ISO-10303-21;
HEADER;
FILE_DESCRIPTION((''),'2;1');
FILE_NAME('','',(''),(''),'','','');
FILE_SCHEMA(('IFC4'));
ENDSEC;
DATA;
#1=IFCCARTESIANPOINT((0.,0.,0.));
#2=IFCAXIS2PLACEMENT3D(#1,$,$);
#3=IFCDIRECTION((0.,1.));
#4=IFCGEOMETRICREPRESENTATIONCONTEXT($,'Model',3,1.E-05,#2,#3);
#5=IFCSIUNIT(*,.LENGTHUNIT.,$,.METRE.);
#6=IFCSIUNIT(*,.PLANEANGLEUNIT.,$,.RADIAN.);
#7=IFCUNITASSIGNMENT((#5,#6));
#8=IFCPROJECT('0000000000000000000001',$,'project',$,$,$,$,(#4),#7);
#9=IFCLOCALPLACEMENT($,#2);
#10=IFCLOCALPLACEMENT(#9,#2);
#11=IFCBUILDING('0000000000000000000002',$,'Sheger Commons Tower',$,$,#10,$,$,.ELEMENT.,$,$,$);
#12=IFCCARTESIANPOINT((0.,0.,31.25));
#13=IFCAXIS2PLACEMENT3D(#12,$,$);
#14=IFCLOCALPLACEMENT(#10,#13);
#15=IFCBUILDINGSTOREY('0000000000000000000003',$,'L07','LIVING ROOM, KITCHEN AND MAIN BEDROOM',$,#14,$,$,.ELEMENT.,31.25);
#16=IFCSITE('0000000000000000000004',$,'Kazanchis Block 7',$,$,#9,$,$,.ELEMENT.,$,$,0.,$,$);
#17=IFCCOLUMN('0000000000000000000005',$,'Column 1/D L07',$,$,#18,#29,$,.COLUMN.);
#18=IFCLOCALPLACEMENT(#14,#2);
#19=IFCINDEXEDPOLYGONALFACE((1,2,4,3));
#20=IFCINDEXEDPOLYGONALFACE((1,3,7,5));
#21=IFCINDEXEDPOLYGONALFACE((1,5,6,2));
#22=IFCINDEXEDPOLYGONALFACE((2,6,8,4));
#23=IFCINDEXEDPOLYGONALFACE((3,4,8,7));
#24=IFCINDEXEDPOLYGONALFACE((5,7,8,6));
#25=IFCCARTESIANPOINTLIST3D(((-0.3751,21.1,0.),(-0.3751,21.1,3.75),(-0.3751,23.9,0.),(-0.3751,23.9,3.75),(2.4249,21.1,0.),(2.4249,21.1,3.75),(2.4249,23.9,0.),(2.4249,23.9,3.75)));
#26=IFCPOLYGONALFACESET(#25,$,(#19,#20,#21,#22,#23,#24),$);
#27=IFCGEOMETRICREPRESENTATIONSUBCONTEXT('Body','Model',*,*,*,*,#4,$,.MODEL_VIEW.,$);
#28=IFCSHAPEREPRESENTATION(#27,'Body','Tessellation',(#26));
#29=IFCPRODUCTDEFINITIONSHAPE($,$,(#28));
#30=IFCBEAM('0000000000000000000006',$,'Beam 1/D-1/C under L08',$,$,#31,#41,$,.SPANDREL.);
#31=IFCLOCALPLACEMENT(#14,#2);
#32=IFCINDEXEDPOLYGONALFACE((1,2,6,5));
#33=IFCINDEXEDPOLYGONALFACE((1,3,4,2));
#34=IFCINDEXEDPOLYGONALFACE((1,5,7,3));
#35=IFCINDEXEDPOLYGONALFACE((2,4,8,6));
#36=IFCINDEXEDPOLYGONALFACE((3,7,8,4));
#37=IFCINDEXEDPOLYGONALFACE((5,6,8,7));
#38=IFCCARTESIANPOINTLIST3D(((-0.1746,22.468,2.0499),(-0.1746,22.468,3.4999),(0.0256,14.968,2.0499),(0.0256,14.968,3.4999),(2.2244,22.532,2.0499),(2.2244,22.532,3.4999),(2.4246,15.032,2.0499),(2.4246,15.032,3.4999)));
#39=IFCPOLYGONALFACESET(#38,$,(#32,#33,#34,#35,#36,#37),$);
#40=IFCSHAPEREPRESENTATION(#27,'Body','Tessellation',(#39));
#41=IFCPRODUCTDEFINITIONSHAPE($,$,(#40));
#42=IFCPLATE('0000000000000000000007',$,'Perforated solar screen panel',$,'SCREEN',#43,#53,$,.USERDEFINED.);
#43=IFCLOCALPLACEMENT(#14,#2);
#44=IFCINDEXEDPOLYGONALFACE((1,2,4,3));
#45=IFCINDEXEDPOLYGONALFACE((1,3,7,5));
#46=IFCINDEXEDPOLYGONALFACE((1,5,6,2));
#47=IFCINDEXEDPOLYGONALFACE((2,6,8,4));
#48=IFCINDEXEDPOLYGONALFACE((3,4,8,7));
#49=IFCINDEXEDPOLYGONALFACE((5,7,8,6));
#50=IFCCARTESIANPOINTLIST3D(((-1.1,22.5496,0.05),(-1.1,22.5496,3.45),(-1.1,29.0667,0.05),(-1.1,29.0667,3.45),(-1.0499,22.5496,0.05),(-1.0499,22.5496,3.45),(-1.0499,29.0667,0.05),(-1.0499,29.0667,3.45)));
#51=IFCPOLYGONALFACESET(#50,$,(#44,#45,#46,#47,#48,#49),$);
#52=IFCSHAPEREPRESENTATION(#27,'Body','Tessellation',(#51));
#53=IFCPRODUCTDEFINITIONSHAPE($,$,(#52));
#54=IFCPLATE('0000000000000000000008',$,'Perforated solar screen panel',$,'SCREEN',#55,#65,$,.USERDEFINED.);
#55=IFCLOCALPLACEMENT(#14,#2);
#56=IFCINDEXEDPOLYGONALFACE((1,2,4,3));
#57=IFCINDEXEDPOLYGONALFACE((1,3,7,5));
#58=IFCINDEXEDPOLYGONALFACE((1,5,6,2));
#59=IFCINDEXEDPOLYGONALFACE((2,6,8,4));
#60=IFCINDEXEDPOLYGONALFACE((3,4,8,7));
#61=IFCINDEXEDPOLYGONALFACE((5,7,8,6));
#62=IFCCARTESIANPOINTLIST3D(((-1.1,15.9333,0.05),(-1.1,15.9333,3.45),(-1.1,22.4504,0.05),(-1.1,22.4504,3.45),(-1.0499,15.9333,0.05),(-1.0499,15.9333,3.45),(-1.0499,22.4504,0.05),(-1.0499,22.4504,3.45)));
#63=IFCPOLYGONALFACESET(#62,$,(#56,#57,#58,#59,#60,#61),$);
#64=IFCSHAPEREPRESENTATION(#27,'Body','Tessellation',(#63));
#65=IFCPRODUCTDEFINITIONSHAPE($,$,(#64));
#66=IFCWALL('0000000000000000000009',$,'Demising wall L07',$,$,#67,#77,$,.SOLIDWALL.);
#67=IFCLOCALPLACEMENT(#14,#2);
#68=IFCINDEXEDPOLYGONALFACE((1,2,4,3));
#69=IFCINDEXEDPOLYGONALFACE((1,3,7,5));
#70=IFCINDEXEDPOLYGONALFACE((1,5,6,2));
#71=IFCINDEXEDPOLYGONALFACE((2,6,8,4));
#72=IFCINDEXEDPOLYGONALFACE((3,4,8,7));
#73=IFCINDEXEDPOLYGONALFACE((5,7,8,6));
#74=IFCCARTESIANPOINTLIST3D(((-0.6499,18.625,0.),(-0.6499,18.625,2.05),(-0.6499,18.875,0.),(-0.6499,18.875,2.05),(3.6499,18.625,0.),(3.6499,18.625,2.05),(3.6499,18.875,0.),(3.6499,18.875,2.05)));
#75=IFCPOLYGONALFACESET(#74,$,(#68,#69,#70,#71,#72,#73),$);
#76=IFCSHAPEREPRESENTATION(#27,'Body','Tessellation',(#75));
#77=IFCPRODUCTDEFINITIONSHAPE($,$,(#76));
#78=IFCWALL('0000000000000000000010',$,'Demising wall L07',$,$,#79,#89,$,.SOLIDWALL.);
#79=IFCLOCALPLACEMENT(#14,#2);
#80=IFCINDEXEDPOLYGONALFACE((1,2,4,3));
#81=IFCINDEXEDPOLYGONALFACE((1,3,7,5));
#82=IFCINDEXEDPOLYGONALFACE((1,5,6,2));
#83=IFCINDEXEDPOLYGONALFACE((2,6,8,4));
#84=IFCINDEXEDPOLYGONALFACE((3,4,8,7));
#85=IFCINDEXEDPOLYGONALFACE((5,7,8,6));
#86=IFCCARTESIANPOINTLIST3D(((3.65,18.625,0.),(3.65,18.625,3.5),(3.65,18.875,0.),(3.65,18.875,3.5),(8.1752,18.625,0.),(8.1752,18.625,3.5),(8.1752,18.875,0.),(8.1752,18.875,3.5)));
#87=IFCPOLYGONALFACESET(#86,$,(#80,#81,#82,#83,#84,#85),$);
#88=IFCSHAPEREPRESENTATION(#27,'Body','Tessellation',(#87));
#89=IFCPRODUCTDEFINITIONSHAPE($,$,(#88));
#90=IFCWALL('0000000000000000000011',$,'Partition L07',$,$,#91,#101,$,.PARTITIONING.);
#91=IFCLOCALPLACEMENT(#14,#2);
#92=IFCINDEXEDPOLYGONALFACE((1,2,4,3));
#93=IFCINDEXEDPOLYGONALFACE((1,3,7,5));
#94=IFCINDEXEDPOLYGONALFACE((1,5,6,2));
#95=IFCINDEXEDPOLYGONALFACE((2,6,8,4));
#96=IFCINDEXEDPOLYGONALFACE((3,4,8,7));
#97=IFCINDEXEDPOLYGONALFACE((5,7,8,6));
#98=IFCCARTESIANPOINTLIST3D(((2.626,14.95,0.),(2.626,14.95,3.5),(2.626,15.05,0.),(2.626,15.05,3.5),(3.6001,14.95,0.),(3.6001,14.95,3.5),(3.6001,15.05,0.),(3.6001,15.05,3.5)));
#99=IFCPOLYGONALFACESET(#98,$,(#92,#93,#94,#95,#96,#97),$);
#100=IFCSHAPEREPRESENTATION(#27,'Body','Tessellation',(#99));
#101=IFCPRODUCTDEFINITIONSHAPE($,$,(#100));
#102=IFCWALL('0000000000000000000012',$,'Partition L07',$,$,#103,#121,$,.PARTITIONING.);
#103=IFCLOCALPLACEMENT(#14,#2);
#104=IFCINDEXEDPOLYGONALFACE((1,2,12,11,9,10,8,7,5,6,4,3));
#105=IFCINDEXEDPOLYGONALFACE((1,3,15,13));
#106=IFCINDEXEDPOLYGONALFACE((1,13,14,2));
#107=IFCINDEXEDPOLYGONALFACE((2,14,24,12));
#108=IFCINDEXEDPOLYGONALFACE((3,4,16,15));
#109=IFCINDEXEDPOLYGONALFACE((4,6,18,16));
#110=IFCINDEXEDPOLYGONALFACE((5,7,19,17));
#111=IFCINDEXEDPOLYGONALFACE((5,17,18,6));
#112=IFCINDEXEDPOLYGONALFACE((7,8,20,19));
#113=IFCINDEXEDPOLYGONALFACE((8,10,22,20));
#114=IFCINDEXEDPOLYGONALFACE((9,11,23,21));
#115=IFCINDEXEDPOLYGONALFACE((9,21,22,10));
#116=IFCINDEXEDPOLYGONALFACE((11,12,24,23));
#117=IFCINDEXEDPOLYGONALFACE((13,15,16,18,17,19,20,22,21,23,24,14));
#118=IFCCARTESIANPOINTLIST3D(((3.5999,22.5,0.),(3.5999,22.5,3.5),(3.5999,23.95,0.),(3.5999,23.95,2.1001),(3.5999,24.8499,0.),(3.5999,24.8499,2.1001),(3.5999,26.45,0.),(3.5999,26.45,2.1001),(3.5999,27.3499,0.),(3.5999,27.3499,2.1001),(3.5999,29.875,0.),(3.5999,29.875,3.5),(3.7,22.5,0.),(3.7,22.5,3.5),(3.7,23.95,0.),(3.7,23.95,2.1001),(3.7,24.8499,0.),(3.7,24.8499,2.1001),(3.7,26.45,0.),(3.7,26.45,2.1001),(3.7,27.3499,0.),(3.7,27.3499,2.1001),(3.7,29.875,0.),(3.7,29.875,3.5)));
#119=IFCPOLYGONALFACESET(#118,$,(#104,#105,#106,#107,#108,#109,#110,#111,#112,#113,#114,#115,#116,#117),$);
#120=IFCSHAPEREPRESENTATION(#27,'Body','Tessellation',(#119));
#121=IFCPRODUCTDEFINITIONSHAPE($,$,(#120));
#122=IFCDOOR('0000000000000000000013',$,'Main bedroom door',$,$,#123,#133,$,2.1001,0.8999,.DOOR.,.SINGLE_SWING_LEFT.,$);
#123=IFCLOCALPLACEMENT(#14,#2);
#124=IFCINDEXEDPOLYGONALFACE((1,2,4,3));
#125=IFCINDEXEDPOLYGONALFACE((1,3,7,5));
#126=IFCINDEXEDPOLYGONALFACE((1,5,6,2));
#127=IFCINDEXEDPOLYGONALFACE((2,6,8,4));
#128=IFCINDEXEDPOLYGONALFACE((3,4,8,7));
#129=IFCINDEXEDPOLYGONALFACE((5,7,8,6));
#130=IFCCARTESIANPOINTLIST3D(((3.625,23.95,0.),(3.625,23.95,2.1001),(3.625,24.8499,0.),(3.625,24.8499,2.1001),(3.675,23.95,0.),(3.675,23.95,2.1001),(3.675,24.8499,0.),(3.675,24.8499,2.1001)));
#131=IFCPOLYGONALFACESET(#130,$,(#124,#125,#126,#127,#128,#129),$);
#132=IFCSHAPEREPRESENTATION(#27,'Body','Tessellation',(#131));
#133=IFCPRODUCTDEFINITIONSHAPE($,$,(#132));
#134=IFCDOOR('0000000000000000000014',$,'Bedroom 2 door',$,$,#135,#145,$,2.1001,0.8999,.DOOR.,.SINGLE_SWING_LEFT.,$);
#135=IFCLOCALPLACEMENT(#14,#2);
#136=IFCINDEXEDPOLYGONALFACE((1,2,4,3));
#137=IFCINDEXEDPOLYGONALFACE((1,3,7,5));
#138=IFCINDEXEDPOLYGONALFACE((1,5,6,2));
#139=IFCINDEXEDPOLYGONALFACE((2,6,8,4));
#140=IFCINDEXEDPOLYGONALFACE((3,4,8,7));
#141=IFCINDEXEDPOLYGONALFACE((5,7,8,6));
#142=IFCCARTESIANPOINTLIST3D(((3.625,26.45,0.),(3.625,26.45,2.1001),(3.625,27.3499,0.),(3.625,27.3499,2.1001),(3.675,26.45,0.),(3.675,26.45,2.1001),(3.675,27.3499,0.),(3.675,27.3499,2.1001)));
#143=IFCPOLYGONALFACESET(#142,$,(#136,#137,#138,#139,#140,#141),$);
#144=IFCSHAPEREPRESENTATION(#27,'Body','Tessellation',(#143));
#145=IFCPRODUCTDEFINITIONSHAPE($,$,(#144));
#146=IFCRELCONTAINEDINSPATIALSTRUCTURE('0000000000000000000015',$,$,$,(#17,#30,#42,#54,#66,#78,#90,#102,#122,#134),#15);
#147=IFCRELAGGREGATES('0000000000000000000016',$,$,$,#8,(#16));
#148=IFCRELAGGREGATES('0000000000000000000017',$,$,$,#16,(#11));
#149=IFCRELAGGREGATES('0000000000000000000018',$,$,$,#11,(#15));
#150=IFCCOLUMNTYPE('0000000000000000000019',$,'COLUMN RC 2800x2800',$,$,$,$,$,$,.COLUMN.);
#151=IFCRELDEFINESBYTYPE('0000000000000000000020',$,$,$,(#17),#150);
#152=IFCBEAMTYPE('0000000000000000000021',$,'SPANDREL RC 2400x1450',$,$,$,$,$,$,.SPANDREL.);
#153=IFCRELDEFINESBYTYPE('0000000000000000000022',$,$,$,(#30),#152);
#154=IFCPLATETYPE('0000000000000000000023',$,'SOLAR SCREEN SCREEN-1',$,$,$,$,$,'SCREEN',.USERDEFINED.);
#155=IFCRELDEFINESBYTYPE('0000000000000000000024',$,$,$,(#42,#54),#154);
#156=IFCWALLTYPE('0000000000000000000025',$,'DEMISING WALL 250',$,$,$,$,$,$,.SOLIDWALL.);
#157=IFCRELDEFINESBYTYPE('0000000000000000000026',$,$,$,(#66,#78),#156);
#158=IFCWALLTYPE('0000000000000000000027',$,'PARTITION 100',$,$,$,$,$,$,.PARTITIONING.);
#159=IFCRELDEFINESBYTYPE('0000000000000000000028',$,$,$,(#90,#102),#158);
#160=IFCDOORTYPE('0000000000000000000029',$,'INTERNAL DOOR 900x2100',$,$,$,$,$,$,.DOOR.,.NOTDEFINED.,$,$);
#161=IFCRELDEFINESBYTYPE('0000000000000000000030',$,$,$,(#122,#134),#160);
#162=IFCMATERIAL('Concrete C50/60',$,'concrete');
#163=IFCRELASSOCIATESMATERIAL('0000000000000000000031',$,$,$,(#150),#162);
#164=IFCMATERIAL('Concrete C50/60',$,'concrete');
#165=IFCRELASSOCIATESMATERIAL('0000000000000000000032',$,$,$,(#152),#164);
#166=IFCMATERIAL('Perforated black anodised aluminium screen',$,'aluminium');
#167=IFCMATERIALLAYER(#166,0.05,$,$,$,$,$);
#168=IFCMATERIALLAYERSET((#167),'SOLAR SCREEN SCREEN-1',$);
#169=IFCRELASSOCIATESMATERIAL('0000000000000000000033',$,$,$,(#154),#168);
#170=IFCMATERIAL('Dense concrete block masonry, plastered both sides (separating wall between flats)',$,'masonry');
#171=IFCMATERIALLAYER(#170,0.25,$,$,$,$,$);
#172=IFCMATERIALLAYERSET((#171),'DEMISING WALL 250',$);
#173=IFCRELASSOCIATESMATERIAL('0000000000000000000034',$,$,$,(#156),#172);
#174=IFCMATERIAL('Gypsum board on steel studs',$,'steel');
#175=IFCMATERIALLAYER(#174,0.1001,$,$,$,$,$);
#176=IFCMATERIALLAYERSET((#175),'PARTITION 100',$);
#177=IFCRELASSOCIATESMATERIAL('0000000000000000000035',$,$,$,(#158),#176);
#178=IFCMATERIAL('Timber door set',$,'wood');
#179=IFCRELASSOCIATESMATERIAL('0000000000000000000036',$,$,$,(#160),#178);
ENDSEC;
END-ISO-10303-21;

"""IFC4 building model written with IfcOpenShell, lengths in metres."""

from ifc_helpers import new_model, si_unit, direction, frame, frame_2d, origin, origin_2d, place, context, subcontext, project, spatial, rectangle, extrude, material, layer, layer_set, material_profile, profile_set, type_object, element, fill, save


model = new_model("IFC4")

# Units and contexts
model_context = context("Model", 3, precision=1e-05, world=origin(), true_north=direction((0.0, 1.0)))
body_context = subcontext(model_context, "Body", "Model", "MODEL_VIEW")
ifc_project = project(units=[si_unit("LENGTHUNIT", "METRE"), si_unit("PLANEANGLEUNIT", "RADIAN")], contexts=[model_context])

# Site, building, storey
site_placement = place(None, origin())
site = spatial("IfcSite", under=ifc_project, at=site_placement, Name="Kazanchis Block 7", CompositionType="ELEMENT", RefElevation=0.0)
building_placement = place(site_placement, origin())
building = spatial("IfcBuilding", under=site, at=building_placement, Name="Sheger Commons Tower", CompositionType="ELEMENT")
storey_placement = place(building_placement, frame((0.0, 0.0, 31.25)))
storey = spatial("IfcBuildingStorey", under=building, at=storey_placement, Name="L07", Description="LIVING ROOM, KITCHEN AND MAIN BEDROOM", CompositionType="ELEMENT", Elevation=31.25)

# Column
ifc_material_1 = material(Name="Concrete C50/60", Category="concrete")
ifc_material_profile_1 = material_profile(ifc_material_1, rectangle(XDim=2.8, YDim=2.8, at=origin_2d()), Name="RC 2800x2800")
ifc_profile_set_1 = profile_set([ifc_material_profile_1], Name="Concrete C50/60")
column_type = type_object("IfcColumnType", Name="COLUMN RC 2800x2800", PredefinedType="COLUMN", material=ifc_profile_set_1)
column_placement = place(storey_placement, frame((1.0249, 22.5, 0.0), z_axis=(0.0, 0.0, 1.0), x_axis=(1.0, 0.0, 0.0)))
element("IfcColumn", 1, at=column_placement, inside=storey, type_object=column_type, Name="Column 1/D L07", PredefinedType="COLUMN", context=body_context, shape_type="SweptSolid", body=[
    extrude(rectangle(XDim=2.8, YDim=2.8, at=origin_2d()), origin(), (0.0, 0.0, 1.0), 3.75),
])

# Beam
ifc_material_2 = material(Name="Concrete C50/60", Category="concrete")
ifc_material_profile_2 = material_profile(ifc_material_2, rectangle(XDim=2.3999, YDim=1.45, at=origin_2d()), Name="RC 2400x1450")
ifc_profile_set_2 = profile_set([ifc_material_profile_2], Name="Concrete C50/60")
beam_type = type_object("IfcBeamType", Name="SPANDREL RC 2400x1450", PredefinedType="SPANDREL", material=ifc_profile_set_2)
beam_placement = place(storey_placement, frame((1.0249, 22.5, 2.7749), z_axis=(0.026683, -0.999644, 0.0), x_axis=(0.999644, 0.026683, 0.0)))
element("IfcBeam", 2, at=beam_placement, inside=storey, type_object=beam_type, Name="Beam 1/D-1/C under L08", PredefinedType="SPANDREL", context=body_context, shape_type="SweptSolid", body=[
    extrude(rectangle(XDim=2.3999, YDim=1.45, at=origin_2d()), origin(), (0.0, 0.0, 1.0), 7.5027),
])

# Plates
ifc_material_3 = material(Name="Perforated black anodised aluminium screen", Category="aluminium")
ifc_layer_1 = layer(ifc_material_3, 0.05)
ifc_layer_set_1 = layer_set([ifc_layer_1], Name="SOLAR SCREEN SCREEN-1")
plate_type = type_object("IfcPlateType", Name="SOLAR SCREEN SCREEN-1", ElementType="SCREEN", PredefinedType="USERDEFINED", material=ifc_layer_set_1)
for number, where, z_axis, x_axis, name in (
    (3, (-1.075, 25.8081, 0.05), (0.0, 0.0, 1.0), (0.0, -1.0, 0.0), "Perforated solar screen panel"),
    (4, (-1.075, 19.1919, 0.05), (0.0, 0.0, 1.0), (0.0, -1.0, 0.0), "Perforated solar screen panel"),
):
    element("IfcPlate", number, at=place(storey_placement, frame(where, z_axis=z_axis, x_axis=x_axis)), inside=storey, type_object=plate_type, Name=name, ObjectType="SCREEN", PredefinedType="USERDEFINED", context=body_context, shape_type="SweptSolid", body=[
        extrude(rectangle(XDim=6.5171, YDim=0.05, at=origin_2d()), origin(), (0.0, 0.0, 1.0), 3.3999),
    ])

# Walls
ifc_material_4 = material(Name="Dense concrete block masonry, plastered both sides (separating wall between flats)", Category="masonry")
ifc_layer_2 = layer(ifc_material_4, 0.25)
ifc_layer_set_2 = layer_set([ifc_layer_2], Name="DEMISING WALL 250")
wall_type_1 = type_object("IfcWallType", Name="DEMISING WALL 250", PredefinedType="SOLIDWALL", material=ifc_layer_set_2)
wall_1_placement = place(storey_placement, frame((-0.6499, 18.75, 0.0), z_axis=(0.0, 0.0, 1.0), x_axis=(1.0, 0.0, 0.0)))
element("IfcWall", 5, at=wall_1_placement, inside=storey, type_object=wall_type_1, Name="Demising wall L07", PredefinedType="SOLIDWALL", context=body_context, shape_type="SweptSolid", body=[
    extrude(rectangle(XDim=4.2998, YDim=0.25, at=frame_2d((2.1499, 0.0))), origin(), (0.0, 0.0, 1.0), 2.05),
])
wall_2_placement = place(storey_placement, frame((3.6499, 18.75, 0.0), z_axis=(0.0, 0.0, 1.0), x_axis=(1.0, 0.0, 0.0)))
element("IfcWall", 6, at=wall_2_placement, inside=storey, type_object=wall_type_1, Name="Demising wall L07", PredefinedType="SOLIDWALL", context=body_context, shape_type="SweptSolid", body=[
    extrude(rectangle(XDim=4.5251, YDim=0.25, at=frame_2d((2.2627, 0.0))), origin(), (0.0, 0.0, 1.0), 3.5),
])
ifc_material_5 = material(Name="Gypsum board on steel studs", Category="steel")
ifc_layer_3 = layer(ifc_material_5, 0.1001)
ifc_layer_set_3 = layer_set([ifc_layer_3], Name="PARTITION 100")
wall_type_2 = type_object("IfcWallType", Name="PARTITION 100", PredefinedType="PARTITIONING", material=ifc_layer_set_3)
wall_3_placement = place(storey_placement, frame((2.626, 15.0, 0.0), z_axis=(0.0, 0.0, 1.0), x_axis=(1.0, 0.0, 0.0)))
element("IfcWall", 7, at=wall_3_placement, inside=storey, type_object=wall_type_2, Name="Partition L07", PredefinedType="PARTITIONING", context=body_context, shape_type="SweptSolid", body=[
    extrude(rectangle(XDim=0.9741, YDim=0.1001, at=frame_2d((0.4871, 0.0))), origin(), (0.0, 0.0, 1.0), 3.5),
])

# Wall, openings, doors
wall_4_placement = place(storey_placement, frame((3.6499, 22.5, 0.0), z_axis=(0.0, 0.0, 1.0), x_axis=(0.0, 1.0, 0.0)))
wall_4 = element("IfcWall", 8, at=wall_4_placement, inside=storey, type_object=wall_type_2, Name="Partition L07", PredefinedType="PARTITIONING", context=body_context, shape_type="SweptSolid", body=[
    extrude(rectangle(XDim=7.375, YDim=0.1001, at=frame_2d((3.6875, 0.0))), origin(), (0.0, 0.0, 1.0), 3.5),
])
opening_1_placement = place(wall_4_placement, frame((1.45, 0.0, 0.0)))
opening_1 = element("IfcOpeningElement", 9, at=opening_1_placement, cuts=wall_4, PredefinedType="OPENING", context=body_context, shape_type="SweptSolid", body=[
    extrude(rectangle(XDim=0.8999, YDim=2.1001, at=frame_2d((0.45, 1.05))), frame((0.0, 0.0601, 0.0), z_axis=(0.0, -1.0, 0.0), x_axis=(1.0, 0.0, 0.0)), (0.0, 0.0, 1.0), 0.1201),
])
opening_2_placement = place(wall_4_placement, frame((3.95, 0.0, 0.0)))
opening_2 = element("IfcOpeningElement", 10, at=opening_2_placement, cuts=wall_4, PredefinedType="OPENING", context=body_context, shape_type="SweptSolid", body=[
    extrude(rectangle(XDim=0.8999, YDim=2.1001, at=frame_2d((0.45, 1.05))), frame((0.0, 0.0601, 0.0), z_axis=(0.0, -1.0, 0.0), x_axis=(1.0, 0.0, 0.0)), (0.0, 0.0, 1.0), 0.1201),
])
ifc_material_6 = material(Name="Timber door set", Category="wood")
door_type = type_object("IfcDoorType", Name="INTERNAL DOOR 900x2100", OperationType="NOTDEFINED", PredefinedType="DOOR", material=ifc_material_6)
door_1_placement = place(opening_1_placement, origin())
door_1 = element("IfcDoor", 11, at=door_1_placement, inside=storey, type_object=door_type, Name="Main bedroom door", OperationType="SINGLE_SWING_LEFT", OverallHeight=2.1001, OverallWidth=0.8999, PredefinedType="DOOR", context=body_context, shape_type="SweptSolid", body=[
    extrude(rectangle(XDim=0.8999, YDim=2.1001, at=frame_2d((0.45, 1.05))), frame((0.0, 0.0249, 0.0), z_axis=(0.0, -1.0, 0.0), x_axis=(1.0, 0.0, 0.0)), (0.0, 0.0, 1.0), 0.05),
])
fill(opening_1, door_1)
door_2_placement = place(opening_2_placement, origin())
door_2 = element("IfcDoor", 12, at=door_2_placement, inside=storey, type_object=door_type, Name="Bedroom 2 door", OperationType="SINGLE_SWING_LEFT", OverallHeight=2.1001, OverallWidth=0.8999, PredefinedType="DOOR", context=body_context, shape_type="SweptSolid", body=[
    extrude(rectangle(XDim=0.8999, YDim=2.1001, at=frame_2d((0.45, 1.05))), frame((0.0, 0.0249, 0.0), z_axis=(0.0, -1.0, 0.0), x_axis=(1.0, 0.0, 0.0)), (0.0, 0.0, 1.0), 0.05),
])
fill(opening_2, door_2)

save(model, "model.ifc")
